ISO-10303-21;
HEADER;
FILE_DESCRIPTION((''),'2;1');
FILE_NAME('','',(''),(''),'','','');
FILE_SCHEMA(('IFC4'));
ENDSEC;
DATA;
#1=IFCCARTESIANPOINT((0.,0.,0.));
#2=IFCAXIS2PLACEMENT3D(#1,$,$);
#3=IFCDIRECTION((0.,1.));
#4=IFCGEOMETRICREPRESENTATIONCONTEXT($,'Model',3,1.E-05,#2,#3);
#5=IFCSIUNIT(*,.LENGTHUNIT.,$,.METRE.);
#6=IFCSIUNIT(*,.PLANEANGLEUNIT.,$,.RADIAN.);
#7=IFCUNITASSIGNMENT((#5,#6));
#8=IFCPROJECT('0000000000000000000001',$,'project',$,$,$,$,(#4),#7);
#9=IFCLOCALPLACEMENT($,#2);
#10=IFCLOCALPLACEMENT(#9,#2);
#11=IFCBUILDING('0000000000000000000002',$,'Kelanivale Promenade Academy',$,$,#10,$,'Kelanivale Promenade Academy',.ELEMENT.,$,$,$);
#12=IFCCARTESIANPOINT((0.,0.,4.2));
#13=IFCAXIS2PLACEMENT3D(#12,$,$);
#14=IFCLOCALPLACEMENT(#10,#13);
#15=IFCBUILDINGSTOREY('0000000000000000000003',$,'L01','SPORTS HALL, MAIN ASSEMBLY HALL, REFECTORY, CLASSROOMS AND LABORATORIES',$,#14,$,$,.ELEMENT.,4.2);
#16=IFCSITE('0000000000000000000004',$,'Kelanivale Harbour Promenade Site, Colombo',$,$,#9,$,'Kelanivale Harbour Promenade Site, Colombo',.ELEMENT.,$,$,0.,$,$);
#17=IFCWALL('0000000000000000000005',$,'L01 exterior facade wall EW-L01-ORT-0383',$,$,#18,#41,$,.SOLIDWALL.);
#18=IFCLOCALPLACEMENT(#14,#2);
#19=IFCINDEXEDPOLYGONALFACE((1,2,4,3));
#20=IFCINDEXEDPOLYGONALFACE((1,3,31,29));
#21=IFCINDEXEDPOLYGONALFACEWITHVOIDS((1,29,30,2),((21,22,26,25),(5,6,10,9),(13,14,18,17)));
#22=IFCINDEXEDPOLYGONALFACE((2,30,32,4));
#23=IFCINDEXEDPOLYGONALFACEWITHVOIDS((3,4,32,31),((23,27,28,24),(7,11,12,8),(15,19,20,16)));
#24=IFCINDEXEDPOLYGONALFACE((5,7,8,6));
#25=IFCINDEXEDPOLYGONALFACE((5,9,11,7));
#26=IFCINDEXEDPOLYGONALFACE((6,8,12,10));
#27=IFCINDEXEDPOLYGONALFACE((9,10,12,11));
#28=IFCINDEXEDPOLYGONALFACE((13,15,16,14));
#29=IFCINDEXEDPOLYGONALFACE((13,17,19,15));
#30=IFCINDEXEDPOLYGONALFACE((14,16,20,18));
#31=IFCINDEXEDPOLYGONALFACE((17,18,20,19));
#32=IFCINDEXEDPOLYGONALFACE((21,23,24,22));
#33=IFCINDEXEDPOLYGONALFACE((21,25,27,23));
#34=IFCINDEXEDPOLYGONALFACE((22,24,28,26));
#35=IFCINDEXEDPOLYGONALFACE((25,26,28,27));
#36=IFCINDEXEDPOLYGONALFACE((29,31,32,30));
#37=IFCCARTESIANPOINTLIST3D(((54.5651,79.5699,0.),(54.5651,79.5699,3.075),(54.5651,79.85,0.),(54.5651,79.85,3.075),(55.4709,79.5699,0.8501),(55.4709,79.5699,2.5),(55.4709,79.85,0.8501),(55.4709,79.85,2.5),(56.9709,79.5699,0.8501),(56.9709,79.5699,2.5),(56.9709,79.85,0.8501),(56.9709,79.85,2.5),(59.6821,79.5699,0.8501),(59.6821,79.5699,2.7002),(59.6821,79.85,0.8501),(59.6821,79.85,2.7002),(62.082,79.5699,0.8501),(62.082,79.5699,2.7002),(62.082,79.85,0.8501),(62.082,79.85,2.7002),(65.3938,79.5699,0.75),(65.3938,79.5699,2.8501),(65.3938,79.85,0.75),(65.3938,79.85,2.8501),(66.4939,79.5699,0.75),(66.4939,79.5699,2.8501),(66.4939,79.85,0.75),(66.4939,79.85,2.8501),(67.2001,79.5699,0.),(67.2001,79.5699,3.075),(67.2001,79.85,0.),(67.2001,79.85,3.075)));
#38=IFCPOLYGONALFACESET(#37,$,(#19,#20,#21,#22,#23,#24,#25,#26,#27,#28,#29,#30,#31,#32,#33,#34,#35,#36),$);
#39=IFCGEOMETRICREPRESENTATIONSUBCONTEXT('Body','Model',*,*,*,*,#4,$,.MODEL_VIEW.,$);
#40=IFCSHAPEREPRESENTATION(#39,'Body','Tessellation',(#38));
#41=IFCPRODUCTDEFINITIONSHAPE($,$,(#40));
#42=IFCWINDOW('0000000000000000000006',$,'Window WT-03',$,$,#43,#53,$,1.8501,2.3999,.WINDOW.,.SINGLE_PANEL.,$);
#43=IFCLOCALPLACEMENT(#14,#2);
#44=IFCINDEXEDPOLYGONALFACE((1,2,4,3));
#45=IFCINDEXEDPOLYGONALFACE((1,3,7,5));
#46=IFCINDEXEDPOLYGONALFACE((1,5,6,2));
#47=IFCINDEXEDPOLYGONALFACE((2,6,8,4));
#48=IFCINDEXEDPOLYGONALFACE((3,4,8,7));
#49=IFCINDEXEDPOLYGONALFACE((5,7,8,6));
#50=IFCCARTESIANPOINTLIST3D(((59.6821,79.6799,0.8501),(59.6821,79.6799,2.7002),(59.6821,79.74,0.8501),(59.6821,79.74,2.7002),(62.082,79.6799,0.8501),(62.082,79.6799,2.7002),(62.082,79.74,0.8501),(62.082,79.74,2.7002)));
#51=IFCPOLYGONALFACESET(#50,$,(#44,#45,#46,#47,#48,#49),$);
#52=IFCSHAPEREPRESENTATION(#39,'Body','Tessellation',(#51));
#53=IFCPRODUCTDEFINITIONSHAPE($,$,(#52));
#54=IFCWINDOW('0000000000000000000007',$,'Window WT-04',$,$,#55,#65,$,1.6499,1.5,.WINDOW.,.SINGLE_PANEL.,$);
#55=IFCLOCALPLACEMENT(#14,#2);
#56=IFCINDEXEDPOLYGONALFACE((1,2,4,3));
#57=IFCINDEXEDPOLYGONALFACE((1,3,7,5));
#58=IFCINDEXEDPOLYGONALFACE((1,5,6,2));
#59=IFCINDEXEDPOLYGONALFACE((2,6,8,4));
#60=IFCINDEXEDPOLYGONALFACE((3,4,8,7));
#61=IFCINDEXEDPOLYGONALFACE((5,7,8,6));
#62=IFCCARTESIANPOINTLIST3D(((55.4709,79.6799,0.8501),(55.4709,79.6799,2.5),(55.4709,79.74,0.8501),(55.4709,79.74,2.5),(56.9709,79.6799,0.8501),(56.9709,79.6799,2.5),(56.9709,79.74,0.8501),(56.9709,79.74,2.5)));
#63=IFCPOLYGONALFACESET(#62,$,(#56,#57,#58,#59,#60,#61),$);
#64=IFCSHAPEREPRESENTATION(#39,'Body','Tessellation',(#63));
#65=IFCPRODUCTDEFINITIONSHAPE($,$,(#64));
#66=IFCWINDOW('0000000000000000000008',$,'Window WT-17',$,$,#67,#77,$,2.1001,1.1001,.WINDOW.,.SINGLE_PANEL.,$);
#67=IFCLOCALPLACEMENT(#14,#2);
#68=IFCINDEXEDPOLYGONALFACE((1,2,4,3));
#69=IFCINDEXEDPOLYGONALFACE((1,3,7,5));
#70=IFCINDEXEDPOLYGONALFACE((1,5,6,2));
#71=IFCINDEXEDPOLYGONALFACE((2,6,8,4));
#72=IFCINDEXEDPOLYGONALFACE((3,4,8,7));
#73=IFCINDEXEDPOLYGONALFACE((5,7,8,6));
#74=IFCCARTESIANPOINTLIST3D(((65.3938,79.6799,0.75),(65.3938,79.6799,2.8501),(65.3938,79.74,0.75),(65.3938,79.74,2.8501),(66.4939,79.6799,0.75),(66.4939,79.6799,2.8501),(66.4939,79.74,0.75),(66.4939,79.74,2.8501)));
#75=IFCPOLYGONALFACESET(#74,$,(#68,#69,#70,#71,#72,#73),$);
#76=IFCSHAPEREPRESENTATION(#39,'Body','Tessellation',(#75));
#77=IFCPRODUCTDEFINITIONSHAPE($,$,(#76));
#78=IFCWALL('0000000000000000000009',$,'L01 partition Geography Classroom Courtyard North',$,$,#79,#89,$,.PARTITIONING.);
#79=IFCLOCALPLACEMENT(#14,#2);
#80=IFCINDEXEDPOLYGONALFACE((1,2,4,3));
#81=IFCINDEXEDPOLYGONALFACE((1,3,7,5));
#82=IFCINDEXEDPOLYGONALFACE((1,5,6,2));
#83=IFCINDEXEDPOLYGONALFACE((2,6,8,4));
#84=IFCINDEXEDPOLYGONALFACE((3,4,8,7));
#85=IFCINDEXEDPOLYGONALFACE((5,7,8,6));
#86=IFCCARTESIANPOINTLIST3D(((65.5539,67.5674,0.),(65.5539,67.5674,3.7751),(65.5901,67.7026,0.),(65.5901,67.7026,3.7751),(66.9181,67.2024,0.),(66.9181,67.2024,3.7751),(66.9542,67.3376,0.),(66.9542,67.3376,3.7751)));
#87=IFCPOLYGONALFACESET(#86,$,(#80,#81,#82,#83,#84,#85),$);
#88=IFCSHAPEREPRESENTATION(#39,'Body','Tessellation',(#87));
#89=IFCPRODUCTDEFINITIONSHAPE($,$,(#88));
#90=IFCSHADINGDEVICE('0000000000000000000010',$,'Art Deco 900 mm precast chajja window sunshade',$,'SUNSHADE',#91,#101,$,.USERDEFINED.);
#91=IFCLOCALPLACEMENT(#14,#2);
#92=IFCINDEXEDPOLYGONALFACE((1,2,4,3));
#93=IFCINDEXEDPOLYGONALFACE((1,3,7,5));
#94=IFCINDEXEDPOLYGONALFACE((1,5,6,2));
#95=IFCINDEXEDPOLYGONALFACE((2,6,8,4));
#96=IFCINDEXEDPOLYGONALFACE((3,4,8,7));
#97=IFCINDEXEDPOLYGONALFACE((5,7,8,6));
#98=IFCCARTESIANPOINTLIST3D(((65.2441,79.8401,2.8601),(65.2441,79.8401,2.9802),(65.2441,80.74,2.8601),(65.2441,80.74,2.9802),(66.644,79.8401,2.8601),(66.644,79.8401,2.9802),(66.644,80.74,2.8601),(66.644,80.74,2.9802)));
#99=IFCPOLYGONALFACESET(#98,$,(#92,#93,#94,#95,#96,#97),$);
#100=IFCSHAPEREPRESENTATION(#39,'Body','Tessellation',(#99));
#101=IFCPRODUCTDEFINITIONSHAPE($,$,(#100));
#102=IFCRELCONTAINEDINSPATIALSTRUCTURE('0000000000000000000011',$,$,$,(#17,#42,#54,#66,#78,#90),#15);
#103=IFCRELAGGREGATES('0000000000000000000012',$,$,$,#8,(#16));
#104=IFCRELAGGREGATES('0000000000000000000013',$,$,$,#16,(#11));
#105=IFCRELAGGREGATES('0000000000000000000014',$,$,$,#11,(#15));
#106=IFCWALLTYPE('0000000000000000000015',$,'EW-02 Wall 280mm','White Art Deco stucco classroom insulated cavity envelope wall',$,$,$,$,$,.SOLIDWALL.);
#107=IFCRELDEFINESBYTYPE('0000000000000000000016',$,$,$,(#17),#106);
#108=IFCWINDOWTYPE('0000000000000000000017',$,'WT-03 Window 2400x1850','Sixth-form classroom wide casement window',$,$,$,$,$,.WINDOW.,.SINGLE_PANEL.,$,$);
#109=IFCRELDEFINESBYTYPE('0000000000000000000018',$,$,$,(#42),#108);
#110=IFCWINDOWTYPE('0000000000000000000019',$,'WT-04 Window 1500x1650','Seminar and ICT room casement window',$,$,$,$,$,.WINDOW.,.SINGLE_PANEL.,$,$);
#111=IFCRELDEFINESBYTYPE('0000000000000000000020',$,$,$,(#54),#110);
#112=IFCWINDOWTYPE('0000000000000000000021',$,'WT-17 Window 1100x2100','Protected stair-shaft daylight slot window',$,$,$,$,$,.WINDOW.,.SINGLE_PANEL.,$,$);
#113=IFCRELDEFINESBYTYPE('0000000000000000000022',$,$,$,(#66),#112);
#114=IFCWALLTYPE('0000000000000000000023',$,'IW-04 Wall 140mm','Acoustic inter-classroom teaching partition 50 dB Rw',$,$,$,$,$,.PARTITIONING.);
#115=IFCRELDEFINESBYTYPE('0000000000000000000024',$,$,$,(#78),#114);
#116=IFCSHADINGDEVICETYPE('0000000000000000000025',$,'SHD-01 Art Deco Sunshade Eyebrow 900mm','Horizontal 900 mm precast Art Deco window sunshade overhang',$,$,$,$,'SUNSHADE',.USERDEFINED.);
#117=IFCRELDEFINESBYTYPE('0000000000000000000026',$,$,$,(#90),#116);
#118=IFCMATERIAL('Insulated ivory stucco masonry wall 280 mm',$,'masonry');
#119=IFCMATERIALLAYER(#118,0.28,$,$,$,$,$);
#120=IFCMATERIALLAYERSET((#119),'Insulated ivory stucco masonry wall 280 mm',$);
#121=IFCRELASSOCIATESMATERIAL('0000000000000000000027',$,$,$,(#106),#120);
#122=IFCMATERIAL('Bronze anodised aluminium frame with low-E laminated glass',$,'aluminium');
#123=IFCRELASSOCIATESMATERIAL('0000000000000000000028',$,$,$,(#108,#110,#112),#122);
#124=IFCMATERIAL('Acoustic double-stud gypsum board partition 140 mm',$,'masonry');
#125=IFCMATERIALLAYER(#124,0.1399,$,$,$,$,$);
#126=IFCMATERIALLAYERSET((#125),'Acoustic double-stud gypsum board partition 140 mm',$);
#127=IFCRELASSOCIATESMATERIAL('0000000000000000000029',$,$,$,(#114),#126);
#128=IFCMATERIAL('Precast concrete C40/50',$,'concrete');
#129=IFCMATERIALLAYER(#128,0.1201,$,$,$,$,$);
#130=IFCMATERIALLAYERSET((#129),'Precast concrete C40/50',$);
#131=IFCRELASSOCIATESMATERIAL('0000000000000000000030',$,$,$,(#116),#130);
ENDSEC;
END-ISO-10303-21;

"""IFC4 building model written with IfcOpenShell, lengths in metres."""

from ifc_helpers import new_model, si_unit, direction, frame, frame_2d, origin, origin_2d, place, context, subcontext, project, spatial, rectangle, extrude, material, layer, layer_set, type_object, element, fill, save


model = new_model("IFC4")

# Units and contexts
model_context = context("Model", 3, precision=1e-05, world=origin(), true_north=direction((0.0, 1.0)))
body_context = subcontext(model_context, "Body", "Model", "MODEL_VIEW")
ifc_project = project(units=[si_unit("LENGTHUNIT", "METRE"), si_unit("PLANEANGLEUNIT", "RADIAN")], contexts=[model_context])

# Site, building, storey
site_placement = place(None, origin())
site = spatial("IfcSite", under=ifc_project, at=site_placement, Name="Kelanivale Harbour Promenade Site, Colombo", LongName="Kelanivale Harbour Promenade Site, Colombo", CompositionType="ELEMENT", RefElevation=0.0)
building_placement = place(site_placement, origin())
building = spatial("IfcBuilding", under=site, at=building_placement, Name="Kelanivale Promenade Academy", LongName="Kelanivale Promenade Academy", CompositionType="ELEMENT")
storey_placement = place(building_placement, frame((0.0, 0.0, 4.2)))
storey = spatial("IfcBuildingStorey", under=building, at=storey_placement, Name="L01", Description="SPORTS HALL, MAIN ASSEMBLY HALL, REFECTORY, CLASSROOMS AND LABORATORIES", CompositionType="ELEMENT", Elevation=4.2)

# Wall, openings, windows
ifc_material_1 = material(Name="Insulated ivory stucco masonry wall 280 mm", Category="masonry")
ifc_layer_1 = layer(ifc_material_1, 0.28)
ifc_layer_set_1 = layer_set([ifc_layer_1], Name="Insulated ivory stucco masonry wall 280 mm")
wall_type_1 = type_object("IfcWallType", Name="EW-02 Wall 280mm", Description="White Art Deco stucco classroom insulated cavity envelope wall", PredefinedType="SOLIDWALL", material=ifc_layer_set_1)
wall_1_placement = place(storey_placement, frame((67.2, 79.71, 0.0), z_axis=(0.0, 0.0, 1.0), x_axis=(-1.0, 0.0, 0.0)))
wall_1 = element("IfcWall", 1, at=wall_1_placement, inside=storey, type_object=wall_type_1, Name="L01 exterior facade wall EW-L01-ORT-0383", PredefinedType="SOLIDWALL", context=body_context, shape_type="SweptSolid", body=[
    extrude(rectangle(XDim=12.635, YDim=0.28, at=frame_2d((6.3174, 0.0))), origin(), (0.0, 0.0, 1.0), 3.075),
])
opening_1_placement = place(wall_1_placement, frame((0.7061, 0.0, 0.75)))
opening_1 = element("IfcOpeningElement", 2, at=opening_1_placement, cuts=wall_1, PredefinedType="OPENING", context=body_context, shape_type="SweptSolid", body=[
    extrude(rectangle(XDim=1.1001, YDim=2.1001, at=frame_2d((0.55, 1.05))), frame((0.0, 0.1499, 0.0), z_axis=(0.0, -1.0, 0.0), x_axis=(1.0, 0.0, 0.0)), (0.0, 0.0, 1.0), 0.3),
])
opening_2_placement = place(wall_1_placement, frame((5.1179, 0.0, 0.8501)))
opening_2 = element("IfcOpeningElement", 3, at=opening_2_placement, cuts=wall_1, PredefinedType="OPENING", context=body_context, shape_type="SweptSolid", body=[
    extrude(rectangle(XDim=2.3999, YDim=1.8501, at=frame_2d((1.2, 0.925))), frame((0.0, 0.1499, 0.0), z_axis=(0.0, -1.0, 0.0), x_axis=(1.0, 0.0, 0.0)), (0.0, 0.0, 1.0), 0.3),
])
opening_3_placement = place(wall_1_placement, frame((10.229, 0.0, 0.8501)))
opening_3 = element("IfcOpeningElement", 4, at=opening_3_placement, cuts=wall_1, PredefinedType="OPENING", context=body_context, shape_type="SweptSolid", body=[
    extrude(rectangle(XDim=1.5, YDim=1.6499, at=frame_2d((0.75, 0.825))), frame((0.0, 0.1499, 0.0), z_axis=(0.0, -1.0, 0.0), x_axis=(1.0, 0.0, 0.0)), (0.0, 0.0, 1.0), 0.3),
])
ifc_material_2 = material(Name="Bronze anodised aluminium frame with low-E laminated glass", Category="aluminium")
window_type_1 = type_object("IfcWindowType", Name="WT-03 Window 2400x1850", Description="Sixth-form classroom wide casement window", PartitioningType="SINGLE_PANEL", PredefinedType="WINDOW", material=ifc_material_2)
window_1_placement = place(opening_2_placement, origin())
window_1 = element("IfcWindow", 5, at=window_1_placement, inside=storey, type_object=window_type_1, Name="Window WT-03", OverallHeight=1.8501, OverallWidth=2.3999, PartitioningType="SINGLE_PANEL", PredefinedType="WINDOW", context=body_context, shape_type="SweptSolid", body=[
    extrude(rectangle(XDim=2.3999, YDim=1.8501, at=frame_2d((1.2, 0.925))), frame((0.0, 0.03, 0.0), z_axis=(0.0, -1.0, 0.0), x_axis=(1.0, 0.0, 0.0)), (0.0, 0.0, 1.0), 0.0601),
])
fill(opening_2, window_1)
window_type_2 = type_object("IfcWindowType", Name="WT-04 Window 1500x1650", Description="Seminar and ICT room casement window", PartitioningType="SINGLE_PANEL", PredefinedType="WINDOW", material=ifc_material_2)
window_2_placement = place(opening_3_placement, origin())
window_2 = element("IfcWindow", 6, at=window_2_placement, inside=storey, type_object=window_type_2, Name="Window WT-04", OverallHeight=1.6499, OverallWidth=1.5, PartitioningType="SINGLE_PANEL", PredefinedType="WINDOW", context=body_context, shape_type="SweptSolid", body=[
    extrude(rectangle(XDim=1.5, YDim=1.6499, at=frame_2d((0.75, 0.825))), frame((0.0, 0.03, 0.0), z_axis=(0.0, -1.0, 0.0), x_axis=(1.0, 0.0, 0.0)), (0.0, 0.0, 1.0), 0.0601),
])
fill(opening_3, window_2)
window_type_3 = type_object("IfcWindowType", Name="WT-17 Window 1100x2100", Description="Protected stair-shaft daylight slot window", PartitioningType="SINGLE_PANEL", PredefinedType="WINDOW", material=ifc_material_2)
window_3_placement = place(opening_1_placement, origin())
window_3 = element("IfcWindow", 7, at=window_3_placement, inside=storey, type_object=window_type_3, Name="Window WT-17", OverallHeight=2.1001, OverallWidth=1.1001, PartitioningType="SINGLE_PANEL", PredefinedType="WINDOW", context=body_context, shape_type="SweptSolid", body=[
    extrude(rectangle(XDim=1.1001, YDim=2.1001, at=frame_2d((0.55, 1.05))), frame((0.0, 0.03, 0.0), z_axis=(0.0, -1.0, 0.0), x_axis=(1.0, 0.0, 0.0)), (0.0, 0.0, 1.0), 0.0601),
])
fill(opening_1, window_3)

# Wall
ifc_material_3 = material(Name="Acoustic double-stud gypsum board partition 140 mm", Category="masonry")
ifc_layer_2 = layer(ifc_material_3, 0.1399)
ifc_layer_set_2 = layer_set([ifc_layer_2], Name="Acoustic double-stud gypsum board partition 140 mm")
wall_type_2 = type_object("IfcWallType", Name="IW-04 Wall 140mm", Description="Acoustic inter-classroom teaching partition 50 dB Rw", PredefinedType="PARTITIONING", material=ifc_layer_set_2)
wall_2_placement = place(storey_placement, frame((65.572, 67.635, 0.0), z_axis=(0.0, 0.0, 1.0), x_axis=(0.966014, -0.258491, 0.0)))
element("IfcWall", 8, at=wall_2_placement, inside=storey, type_object=wall_type_2, Name="L01 partition Geography Classroom Courtyard North", PredefinedType="PARTITIONING", context=body_context, shape_type="SweptSolid", body=[
    extrude(rectangle(XDim=1.4121, YDim=0.1399, at=frame_2d((0.7061, 0.0))), origin(), (0.0, 0.0, 1.0), 3.7751),
])

# Shading device
ifc_material_4 = material(Name="Precast concrete C40/50", Category="concrete")
ifc_layer_3 = layer(ifc_material_4, 0.1201)
ifc_layer_set_3 = layer_set([ifc_layer_3], Name="Precast concrete C40/50")
shading_device_type = type_object("IfcShadingDeviceType", Name="SHD-01 Art Deco Sunshade Eyebrow 900mm", Description="Horizontal 900 mm precast Art Deco window sunshade overhang", ElementType="SUNSHADE", PredefinedType="USERDEFINED", material=ifc_layer_set_3)
shading_device_placement = place(storey_placement, frame((65.9441, 80.29, 2.8601), z_axis=(0.0, 0.0, 1.0), x_axis=(-1.0, 0.0, 0.0)))
element("IfcShadingDevice", 9, at=shading_device_placement, inside=storey, type_object=shading_device_type, Name="Art Deco 900 mm precast chajja window sunshade", ObjectType="SUNSHADE", PredefinedType="USERDEFINED", context=body_context, shape_type="SweptSolid", body=[
    extrude(rectangle(XDim=1.3999, YDim=0.8999, at=origin_2d()), origin(), (0.0, 0.0, 1.0), 0.1201),
])

save(model, "model.ifc")
